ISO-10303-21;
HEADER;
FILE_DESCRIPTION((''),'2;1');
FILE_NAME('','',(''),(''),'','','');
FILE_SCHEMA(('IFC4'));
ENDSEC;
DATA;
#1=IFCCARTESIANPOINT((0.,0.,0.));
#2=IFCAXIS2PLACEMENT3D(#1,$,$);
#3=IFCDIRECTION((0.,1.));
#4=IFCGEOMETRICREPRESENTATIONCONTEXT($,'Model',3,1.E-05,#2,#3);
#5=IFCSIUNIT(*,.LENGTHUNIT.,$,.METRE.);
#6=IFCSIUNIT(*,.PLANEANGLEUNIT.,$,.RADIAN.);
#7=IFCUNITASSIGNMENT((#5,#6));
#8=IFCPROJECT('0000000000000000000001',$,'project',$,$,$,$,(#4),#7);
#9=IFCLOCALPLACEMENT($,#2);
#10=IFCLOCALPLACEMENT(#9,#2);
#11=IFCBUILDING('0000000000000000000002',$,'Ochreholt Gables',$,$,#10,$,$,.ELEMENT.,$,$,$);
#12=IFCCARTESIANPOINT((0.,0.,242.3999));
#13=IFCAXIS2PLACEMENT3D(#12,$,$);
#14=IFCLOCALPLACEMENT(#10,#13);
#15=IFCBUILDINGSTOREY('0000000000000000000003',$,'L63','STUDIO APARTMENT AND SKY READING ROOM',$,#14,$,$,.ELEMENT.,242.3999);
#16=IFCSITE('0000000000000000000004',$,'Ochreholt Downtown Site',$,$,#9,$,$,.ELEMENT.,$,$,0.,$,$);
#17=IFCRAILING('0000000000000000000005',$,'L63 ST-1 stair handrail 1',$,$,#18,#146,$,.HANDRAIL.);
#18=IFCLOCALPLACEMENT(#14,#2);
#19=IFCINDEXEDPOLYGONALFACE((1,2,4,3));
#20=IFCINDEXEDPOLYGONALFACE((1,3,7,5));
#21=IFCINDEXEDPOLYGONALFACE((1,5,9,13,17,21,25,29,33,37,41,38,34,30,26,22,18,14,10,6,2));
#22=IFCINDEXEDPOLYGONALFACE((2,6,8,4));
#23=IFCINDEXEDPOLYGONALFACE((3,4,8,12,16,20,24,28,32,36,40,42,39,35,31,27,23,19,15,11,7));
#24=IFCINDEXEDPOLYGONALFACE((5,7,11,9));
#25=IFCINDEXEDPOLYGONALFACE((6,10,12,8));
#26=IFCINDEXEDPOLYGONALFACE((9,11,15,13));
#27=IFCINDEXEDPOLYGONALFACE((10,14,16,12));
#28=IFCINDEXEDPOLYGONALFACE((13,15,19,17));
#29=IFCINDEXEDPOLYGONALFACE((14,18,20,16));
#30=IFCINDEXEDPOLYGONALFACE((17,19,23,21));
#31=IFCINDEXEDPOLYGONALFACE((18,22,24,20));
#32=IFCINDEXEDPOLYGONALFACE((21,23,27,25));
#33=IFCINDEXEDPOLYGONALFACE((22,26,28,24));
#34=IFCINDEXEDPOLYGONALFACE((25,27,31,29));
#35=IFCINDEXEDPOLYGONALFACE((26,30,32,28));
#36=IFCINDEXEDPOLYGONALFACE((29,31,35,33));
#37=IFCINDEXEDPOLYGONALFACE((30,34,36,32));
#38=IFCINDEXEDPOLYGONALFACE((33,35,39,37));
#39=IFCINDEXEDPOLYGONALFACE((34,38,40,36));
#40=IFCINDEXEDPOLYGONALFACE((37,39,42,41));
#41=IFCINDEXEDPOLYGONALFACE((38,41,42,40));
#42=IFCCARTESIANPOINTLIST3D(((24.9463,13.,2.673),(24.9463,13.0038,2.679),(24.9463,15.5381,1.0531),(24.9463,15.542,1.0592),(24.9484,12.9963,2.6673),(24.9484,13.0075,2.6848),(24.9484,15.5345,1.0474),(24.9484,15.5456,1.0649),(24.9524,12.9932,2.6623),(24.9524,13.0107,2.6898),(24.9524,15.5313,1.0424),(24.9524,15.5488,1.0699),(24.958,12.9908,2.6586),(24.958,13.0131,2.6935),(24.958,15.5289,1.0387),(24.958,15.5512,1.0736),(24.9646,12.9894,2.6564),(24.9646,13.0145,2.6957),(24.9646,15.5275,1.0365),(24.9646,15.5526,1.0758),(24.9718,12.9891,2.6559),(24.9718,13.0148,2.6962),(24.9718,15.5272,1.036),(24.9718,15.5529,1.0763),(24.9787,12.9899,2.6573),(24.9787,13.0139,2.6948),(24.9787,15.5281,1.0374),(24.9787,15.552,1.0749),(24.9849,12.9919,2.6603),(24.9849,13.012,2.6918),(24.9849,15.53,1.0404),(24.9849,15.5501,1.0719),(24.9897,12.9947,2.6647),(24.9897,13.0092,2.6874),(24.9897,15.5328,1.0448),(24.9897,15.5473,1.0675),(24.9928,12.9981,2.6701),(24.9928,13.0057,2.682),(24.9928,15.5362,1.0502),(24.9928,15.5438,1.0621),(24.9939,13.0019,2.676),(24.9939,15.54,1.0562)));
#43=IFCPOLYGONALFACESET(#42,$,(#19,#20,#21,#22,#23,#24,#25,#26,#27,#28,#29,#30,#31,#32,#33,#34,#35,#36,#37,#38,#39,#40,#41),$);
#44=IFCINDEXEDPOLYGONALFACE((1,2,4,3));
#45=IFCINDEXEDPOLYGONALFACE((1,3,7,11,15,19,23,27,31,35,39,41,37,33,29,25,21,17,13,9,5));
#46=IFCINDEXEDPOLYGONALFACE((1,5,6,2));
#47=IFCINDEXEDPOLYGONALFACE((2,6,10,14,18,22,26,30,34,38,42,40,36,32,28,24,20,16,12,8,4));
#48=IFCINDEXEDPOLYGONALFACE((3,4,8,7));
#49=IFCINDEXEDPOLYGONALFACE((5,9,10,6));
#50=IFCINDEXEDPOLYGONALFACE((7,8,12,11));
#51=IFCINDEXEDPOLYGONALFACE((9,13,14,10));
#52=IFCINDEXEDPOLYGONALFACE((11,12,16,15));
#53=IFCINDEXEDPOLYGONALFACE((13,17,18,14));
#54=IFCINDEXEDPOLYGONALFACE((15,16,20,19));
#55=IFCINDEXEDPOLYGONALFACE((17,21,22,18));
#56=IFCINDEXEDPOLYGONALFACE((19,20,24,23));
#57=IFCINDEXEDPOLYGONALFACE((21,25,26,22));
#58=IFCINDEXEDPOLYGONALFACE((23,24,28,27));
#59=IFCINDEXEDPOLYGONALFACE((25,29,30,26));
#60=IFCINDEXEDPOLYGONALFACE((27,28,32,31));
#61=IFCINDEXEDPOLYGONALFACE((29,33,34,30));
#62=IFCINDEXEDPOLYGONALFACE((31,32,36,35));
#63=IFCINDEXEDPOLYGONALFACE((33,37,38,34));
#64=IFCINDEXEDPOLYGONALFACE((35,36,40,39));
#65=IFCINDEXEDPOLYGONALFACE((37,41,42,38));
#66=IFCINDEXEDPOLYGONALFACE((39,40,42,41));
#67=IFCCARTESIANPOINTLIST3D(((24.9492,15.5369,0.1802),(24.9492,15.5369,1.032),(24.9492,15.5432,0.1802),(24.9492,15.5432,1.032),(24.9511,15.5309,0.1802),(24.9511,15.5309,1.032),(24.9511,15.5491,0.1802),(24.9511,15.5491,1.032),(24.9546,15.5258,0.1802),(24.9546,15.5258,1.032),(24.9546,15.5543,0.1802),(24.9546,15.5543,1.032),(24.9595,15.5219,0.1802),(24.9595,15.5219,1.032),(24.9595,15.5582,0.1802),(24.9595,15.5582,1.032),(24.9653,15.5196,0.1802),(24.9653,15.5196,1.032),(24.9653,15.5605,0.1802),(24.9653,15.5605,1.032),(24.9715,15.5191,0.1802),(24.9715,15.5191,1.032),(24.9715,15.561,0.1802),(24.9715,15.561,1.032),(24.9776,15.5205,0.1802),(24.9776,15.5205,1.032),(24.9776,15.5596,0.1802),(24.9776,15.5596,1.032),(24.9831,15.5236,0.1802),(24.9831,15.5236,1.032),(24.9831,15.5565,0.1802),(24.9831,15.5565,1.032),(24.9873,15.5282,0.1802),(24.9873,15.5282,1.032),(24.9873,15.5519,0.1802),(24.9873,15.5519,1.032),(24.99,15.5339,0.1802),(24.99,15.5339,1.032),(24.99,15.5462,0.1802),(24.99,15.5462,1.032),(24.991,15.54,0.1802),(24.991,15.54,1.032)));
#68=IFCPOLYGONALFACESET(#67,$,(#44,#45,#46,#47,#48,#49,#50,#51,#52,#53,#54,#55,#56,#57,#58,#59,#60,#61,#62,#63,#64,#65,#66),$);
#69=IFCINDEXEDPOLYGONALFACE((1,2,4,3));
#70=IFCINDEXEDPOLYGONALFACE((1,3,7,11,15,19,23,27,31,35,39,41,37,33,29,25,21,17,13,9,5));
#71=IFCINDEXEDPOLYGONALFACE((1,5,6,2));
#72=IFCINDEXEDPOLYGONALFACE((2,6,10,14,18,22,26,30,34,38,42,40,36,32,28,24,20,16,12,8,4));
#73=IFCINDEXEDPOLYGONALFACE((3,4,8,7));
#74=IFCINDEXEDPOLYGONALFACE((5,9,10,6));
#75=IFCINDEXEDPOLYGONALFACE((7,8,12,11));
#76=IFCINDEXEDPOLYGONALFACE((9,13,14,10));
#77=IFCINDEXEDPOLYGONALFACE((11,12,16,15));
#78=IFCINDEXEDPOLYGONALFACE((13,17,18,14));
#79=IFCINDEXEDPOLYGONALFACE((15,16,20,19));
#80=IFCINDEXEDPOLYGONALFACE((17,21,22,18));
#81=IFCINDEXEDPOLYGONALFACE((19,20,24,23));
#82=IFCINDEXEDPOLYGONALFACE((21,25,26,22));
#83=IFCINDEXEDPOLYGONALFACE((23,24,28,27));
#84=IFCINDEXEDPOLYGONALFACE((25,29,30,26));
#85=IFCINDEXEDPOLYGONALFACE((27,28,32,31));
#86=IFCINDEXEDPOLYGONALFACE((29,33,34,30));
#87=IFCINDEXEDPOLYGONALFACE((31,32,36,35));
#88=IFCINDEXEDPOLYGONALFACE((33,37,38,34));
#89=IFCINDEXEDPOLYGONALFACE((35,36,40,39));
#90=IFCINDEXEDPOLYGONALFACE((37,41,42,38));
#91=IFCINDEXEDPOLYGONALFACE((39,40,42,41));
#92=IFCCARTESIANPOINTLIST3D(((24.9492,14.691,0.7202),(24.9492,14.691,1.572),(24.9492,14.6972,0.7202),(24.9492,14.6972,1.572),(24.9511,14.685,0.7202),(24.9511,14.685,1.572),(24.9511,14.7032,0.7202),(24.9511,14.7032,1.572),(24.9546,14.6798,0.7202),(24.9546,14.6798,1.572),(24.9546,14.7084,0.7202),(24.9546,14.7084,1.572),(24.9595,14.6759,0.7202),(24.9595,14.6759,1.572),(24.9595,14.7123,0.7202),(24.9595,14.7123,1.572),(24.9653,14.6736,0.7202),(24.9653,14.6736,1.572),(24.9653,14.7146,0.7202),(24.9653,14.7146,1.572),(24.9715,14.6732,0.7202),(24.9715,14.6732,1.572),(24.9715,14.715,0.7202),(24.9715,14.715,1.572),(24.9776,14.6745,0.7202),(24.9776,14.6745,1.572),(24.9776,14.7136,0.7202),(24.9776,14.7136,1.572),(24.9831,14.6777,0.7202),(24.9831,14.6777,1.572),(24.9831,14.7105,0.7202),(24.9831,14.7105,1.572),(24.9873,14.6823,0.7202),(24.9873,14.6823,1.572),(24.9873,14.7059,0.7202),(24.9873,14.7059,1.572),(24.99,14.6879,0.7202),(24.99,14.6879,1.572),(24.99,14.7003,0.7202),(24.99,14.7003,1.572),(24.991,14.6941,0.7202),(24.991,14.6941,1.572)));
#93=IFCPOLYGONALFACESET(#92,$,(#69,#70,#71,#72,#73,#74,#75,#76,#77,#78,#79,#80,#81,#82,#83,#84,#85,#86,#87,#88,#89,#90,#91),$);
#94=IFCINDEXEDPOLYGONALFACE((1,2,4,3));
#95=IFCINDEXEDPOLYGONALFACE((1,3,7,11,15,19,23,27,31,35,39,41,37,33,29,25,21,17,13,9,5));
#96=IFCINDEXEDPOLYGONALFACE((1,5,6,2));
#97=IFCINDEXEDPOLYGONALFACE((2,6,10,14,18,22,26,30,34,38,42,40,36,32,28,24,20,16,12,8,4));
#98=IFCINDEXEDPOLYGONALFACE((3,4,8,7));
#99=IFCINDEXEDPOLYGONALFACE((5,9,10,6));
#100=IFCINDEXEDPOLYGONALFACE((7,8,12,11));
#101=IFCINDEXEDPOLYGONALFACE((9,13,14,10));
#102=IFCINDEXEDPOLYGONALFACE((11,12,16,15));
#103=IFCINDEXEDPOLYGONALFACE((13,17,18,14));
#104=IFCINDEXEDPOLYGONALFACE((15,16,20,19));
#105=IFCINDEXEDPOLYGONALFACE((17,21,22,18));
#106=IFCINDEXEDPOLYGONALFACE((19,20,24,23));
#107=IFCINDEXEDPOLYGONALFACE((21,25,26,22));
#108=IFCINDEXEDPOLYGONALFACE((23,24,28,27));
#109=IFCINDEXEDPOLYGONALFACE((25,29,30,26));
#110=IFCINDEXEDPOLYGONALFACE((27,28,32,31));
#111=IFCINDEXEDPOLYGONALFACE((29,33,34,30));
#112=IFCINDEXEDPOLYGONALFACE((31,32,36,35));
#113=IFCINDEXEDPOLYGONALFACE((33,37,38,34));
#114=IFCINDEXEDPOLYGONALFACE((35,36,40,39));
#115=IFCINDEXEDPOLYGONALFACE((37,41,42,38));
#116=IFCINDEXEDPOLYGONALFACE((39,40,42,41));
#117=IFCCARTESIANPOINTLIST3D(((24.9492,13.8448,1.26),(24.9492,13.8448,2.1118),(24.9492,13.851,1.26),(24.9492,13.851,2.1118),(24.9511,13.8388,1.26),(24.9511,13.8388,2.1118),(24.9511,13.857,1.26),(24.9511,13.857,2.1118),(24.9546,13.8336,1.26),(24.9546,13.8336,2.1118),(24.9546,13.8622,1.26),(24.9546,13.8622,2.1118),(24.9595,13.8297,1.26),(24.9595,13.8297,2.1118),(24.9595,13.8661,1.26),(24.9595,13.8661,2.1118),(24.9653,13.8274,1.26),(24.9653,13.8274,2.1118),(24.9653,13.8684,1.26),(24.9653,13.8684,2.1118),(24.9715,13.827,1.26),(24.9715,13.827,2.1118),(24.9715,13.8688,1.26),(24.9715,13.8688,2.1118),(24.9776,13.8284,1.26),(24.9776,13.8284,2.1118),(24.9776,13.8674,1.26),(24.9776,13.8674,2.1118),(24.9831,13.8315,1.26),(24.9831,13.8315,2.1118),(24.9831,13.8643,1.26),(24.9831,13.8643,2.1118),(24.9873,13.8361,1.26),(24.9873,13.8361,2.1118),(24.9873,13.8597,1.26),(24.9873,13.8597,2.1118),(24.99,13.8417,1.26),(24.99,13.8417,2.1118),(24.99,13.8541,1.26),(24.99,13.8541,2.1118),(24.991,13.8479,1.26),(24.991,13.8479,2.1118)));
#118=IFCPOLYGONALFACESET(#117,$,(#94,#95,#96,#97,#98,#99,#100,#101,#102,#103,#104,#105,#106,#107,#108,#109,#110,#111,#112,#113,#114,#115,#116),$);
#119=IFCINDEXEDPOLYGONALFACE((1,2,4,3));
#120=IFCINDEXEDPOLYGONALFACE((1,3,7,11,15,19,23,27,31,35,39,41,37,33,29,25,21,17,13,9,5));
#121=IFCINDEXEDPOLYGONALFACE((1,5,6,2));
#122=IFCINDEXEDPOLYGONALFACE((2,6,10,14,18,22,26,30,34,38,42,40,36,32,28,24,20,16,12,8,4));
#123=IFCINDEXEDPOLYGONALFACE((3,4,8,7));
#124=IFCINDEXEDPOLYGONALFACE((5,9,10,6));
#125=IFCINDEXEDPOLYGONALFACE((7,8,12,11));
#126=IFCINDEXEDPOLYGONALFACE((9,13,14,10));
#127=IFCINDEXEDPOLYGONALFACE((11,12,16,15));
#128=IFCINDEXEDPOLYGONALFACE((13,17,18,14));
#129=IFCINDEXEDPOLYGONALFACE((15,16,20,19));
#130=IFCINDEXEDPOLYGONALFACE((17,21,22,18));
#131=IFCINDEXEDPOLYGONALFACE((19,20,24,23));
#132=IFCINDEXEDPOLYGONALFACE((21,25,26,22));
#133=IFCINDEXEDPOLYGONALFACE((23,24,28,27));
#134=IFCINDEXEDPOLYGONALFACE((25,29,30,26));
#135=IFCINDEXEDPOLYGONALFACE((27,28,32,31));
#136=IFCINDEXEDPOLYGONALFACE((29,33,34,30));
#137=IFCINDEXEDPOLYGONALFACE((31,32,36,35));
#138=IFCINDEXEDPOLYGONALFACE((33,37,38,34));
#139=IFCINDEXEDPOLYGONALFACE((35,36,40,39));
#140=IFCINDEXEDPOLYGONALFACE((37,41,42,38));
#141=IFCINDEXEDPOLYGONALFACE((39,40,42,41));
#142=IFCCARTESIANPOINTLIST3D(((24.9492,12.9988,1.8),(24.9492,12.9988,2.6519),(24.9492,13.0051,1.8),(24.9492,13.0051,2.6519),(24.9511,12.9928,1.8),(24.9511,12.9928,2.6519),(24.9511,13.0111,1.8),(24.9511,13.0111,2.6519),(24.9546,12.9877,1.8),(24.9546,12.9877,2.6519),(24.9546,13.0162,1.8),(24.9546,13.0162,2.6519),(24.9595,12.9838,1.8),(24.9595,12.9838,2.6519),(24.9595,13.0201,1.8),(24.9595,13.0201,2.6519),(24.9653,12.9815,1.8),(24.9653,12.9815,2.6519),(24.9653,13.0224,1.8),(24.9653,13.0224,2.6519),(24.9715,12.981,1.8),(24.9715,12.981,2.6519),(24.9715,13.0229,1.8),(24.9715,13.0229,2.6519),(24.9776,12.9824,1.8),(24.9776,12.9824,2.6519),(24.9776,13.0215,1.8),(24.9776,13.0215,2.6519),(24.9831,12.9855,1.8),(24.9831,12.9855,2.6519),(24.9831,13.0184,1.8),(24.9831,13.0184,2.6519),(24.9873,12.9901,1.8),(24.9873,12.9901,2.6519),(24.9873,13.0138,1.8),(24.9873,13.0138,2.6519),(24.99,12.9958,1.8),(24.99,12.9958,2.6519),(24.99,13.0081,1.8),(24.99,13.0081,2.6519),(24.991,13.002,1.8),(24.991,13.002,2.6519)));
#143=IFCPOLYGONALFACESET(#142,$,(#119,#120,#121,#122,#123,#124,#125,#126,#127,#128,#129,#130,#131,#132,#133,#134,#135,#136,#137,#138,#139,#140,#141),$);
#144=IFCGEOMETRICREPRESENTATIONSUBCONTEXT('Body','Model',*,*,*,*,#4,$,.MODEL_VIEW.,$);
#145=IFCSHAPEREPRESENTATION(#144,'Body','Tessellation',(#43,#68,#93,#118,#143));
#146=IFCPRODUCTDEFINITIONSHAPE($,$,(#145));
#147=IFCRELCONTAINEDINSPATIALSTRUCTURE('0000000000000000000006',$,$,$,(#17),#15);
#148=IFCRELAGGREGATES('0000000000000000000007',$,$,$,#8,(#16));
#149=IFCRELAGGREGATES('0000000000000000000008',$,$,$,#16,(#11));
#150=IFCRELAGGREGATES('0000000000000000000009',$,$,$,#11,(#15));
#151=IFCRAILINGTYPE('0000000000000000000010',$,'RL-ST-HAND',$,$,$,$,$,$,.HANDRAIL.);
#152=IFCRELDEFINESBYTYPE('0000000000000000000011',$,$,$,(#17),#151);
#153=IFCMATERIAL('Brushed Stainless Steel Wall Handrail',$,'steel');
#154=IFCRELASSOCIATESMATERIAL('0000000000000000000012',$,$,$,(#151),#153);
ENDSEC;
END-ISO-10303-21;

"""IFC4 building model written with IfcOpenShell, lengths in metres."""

from ifc_helpers import new_model, si_unit, direction, frame, origin, origin_2d, place, context, subcontext, project, spatial, circle, extrude, material, type_object, element, save


model = new_model("IFC4")

# Units and contexts
model_context = context("Model", 3, precision=1e-05, world=origin(), true_north=direction((0.0, 1.0)))
body_context = subcontext(model_context, "Body", "Model", "MODEL_VIEW")
ifc_project = project(units=[si_unit("LENGTHUNIT", "METRE"), si_unit("PLANEANGLEUNIT", "RADIAN")], contexts=[model_context])

# Site, building, storey
site_placement = place(None, origin())
site = spatial("IfcSite", under=ifc_project, at=site_placement, Name="Ochreholt Downtown Site", CompositionType="ELEMENT", RefElevation=0.0)
building_placement = place(site_placement, origin())
building = spatial("IfcBuilding", under=site, at=building_placement, Name="Ochreholt Gables", CompositionType="ELEMENT")
storey_placement = place(building_placement, frame((0.0, 0.0, 242.3999)))
storey = spatial("IfcBuildingStorey", under=building, at=storey_placement, Name="L63", Description="STUDIO APARTMENT AND SKY READING ROOM", CompositionType="ELEMENT", Elevation=242.3999)

# Railing
ifc_material_1 = material(Name="Brushed Stainless Steel Wall Handrail", Category="steel")
railing_type = type_object("IfcRailingType", Name="RL-ST-HAND", PredefinedType="HANDRAIL", material=ifc_material_1)
railing_placement = place(storey_placement, frame((24.97, 15.54, 0.1802)))
element("IfcRailing", 1, at=railing_placement, inside=storey, type_object=railing_type, Name="L63 ST-1 stair handrail 1", PredefinedType="HANDRAIL", context=body_context, shape_type="SweptSolid", body=[
    extrude(circle(Radius=0.0239, at=origin_2d()), frame((0.0, 0.0, 0.876), z_axis=(0.0, -0.84295, 0.537993), x_axis=(1.0, 0.0, 0.0)), (0.0, 0.0, 1.0), 3.011),
    extrude(circle(Radius=0.021, at=origin_2d()), origin(), (0.0, 0.0, 1.0), 0.8518),
    extrude(circle(Radius=0.021, at=origin_2d()), frame((0.0, -0.8459, 0.54)), (0.0, 0.0, 1.0), 0.8518),
    extrude(circle(Radius=0.021, at=origin_2d()), frame((0.0, -1.6921, 1.0798)), (0.0, 0.0, 1.0), 0.8518),
    extrude(circle(Radius=0.021, at=origin_2d()), frame((0.0, -2.5381, 1.6199)), (0.0, 0.0, 1.0), 0.8518),
])

save(model, "model.ifc")
